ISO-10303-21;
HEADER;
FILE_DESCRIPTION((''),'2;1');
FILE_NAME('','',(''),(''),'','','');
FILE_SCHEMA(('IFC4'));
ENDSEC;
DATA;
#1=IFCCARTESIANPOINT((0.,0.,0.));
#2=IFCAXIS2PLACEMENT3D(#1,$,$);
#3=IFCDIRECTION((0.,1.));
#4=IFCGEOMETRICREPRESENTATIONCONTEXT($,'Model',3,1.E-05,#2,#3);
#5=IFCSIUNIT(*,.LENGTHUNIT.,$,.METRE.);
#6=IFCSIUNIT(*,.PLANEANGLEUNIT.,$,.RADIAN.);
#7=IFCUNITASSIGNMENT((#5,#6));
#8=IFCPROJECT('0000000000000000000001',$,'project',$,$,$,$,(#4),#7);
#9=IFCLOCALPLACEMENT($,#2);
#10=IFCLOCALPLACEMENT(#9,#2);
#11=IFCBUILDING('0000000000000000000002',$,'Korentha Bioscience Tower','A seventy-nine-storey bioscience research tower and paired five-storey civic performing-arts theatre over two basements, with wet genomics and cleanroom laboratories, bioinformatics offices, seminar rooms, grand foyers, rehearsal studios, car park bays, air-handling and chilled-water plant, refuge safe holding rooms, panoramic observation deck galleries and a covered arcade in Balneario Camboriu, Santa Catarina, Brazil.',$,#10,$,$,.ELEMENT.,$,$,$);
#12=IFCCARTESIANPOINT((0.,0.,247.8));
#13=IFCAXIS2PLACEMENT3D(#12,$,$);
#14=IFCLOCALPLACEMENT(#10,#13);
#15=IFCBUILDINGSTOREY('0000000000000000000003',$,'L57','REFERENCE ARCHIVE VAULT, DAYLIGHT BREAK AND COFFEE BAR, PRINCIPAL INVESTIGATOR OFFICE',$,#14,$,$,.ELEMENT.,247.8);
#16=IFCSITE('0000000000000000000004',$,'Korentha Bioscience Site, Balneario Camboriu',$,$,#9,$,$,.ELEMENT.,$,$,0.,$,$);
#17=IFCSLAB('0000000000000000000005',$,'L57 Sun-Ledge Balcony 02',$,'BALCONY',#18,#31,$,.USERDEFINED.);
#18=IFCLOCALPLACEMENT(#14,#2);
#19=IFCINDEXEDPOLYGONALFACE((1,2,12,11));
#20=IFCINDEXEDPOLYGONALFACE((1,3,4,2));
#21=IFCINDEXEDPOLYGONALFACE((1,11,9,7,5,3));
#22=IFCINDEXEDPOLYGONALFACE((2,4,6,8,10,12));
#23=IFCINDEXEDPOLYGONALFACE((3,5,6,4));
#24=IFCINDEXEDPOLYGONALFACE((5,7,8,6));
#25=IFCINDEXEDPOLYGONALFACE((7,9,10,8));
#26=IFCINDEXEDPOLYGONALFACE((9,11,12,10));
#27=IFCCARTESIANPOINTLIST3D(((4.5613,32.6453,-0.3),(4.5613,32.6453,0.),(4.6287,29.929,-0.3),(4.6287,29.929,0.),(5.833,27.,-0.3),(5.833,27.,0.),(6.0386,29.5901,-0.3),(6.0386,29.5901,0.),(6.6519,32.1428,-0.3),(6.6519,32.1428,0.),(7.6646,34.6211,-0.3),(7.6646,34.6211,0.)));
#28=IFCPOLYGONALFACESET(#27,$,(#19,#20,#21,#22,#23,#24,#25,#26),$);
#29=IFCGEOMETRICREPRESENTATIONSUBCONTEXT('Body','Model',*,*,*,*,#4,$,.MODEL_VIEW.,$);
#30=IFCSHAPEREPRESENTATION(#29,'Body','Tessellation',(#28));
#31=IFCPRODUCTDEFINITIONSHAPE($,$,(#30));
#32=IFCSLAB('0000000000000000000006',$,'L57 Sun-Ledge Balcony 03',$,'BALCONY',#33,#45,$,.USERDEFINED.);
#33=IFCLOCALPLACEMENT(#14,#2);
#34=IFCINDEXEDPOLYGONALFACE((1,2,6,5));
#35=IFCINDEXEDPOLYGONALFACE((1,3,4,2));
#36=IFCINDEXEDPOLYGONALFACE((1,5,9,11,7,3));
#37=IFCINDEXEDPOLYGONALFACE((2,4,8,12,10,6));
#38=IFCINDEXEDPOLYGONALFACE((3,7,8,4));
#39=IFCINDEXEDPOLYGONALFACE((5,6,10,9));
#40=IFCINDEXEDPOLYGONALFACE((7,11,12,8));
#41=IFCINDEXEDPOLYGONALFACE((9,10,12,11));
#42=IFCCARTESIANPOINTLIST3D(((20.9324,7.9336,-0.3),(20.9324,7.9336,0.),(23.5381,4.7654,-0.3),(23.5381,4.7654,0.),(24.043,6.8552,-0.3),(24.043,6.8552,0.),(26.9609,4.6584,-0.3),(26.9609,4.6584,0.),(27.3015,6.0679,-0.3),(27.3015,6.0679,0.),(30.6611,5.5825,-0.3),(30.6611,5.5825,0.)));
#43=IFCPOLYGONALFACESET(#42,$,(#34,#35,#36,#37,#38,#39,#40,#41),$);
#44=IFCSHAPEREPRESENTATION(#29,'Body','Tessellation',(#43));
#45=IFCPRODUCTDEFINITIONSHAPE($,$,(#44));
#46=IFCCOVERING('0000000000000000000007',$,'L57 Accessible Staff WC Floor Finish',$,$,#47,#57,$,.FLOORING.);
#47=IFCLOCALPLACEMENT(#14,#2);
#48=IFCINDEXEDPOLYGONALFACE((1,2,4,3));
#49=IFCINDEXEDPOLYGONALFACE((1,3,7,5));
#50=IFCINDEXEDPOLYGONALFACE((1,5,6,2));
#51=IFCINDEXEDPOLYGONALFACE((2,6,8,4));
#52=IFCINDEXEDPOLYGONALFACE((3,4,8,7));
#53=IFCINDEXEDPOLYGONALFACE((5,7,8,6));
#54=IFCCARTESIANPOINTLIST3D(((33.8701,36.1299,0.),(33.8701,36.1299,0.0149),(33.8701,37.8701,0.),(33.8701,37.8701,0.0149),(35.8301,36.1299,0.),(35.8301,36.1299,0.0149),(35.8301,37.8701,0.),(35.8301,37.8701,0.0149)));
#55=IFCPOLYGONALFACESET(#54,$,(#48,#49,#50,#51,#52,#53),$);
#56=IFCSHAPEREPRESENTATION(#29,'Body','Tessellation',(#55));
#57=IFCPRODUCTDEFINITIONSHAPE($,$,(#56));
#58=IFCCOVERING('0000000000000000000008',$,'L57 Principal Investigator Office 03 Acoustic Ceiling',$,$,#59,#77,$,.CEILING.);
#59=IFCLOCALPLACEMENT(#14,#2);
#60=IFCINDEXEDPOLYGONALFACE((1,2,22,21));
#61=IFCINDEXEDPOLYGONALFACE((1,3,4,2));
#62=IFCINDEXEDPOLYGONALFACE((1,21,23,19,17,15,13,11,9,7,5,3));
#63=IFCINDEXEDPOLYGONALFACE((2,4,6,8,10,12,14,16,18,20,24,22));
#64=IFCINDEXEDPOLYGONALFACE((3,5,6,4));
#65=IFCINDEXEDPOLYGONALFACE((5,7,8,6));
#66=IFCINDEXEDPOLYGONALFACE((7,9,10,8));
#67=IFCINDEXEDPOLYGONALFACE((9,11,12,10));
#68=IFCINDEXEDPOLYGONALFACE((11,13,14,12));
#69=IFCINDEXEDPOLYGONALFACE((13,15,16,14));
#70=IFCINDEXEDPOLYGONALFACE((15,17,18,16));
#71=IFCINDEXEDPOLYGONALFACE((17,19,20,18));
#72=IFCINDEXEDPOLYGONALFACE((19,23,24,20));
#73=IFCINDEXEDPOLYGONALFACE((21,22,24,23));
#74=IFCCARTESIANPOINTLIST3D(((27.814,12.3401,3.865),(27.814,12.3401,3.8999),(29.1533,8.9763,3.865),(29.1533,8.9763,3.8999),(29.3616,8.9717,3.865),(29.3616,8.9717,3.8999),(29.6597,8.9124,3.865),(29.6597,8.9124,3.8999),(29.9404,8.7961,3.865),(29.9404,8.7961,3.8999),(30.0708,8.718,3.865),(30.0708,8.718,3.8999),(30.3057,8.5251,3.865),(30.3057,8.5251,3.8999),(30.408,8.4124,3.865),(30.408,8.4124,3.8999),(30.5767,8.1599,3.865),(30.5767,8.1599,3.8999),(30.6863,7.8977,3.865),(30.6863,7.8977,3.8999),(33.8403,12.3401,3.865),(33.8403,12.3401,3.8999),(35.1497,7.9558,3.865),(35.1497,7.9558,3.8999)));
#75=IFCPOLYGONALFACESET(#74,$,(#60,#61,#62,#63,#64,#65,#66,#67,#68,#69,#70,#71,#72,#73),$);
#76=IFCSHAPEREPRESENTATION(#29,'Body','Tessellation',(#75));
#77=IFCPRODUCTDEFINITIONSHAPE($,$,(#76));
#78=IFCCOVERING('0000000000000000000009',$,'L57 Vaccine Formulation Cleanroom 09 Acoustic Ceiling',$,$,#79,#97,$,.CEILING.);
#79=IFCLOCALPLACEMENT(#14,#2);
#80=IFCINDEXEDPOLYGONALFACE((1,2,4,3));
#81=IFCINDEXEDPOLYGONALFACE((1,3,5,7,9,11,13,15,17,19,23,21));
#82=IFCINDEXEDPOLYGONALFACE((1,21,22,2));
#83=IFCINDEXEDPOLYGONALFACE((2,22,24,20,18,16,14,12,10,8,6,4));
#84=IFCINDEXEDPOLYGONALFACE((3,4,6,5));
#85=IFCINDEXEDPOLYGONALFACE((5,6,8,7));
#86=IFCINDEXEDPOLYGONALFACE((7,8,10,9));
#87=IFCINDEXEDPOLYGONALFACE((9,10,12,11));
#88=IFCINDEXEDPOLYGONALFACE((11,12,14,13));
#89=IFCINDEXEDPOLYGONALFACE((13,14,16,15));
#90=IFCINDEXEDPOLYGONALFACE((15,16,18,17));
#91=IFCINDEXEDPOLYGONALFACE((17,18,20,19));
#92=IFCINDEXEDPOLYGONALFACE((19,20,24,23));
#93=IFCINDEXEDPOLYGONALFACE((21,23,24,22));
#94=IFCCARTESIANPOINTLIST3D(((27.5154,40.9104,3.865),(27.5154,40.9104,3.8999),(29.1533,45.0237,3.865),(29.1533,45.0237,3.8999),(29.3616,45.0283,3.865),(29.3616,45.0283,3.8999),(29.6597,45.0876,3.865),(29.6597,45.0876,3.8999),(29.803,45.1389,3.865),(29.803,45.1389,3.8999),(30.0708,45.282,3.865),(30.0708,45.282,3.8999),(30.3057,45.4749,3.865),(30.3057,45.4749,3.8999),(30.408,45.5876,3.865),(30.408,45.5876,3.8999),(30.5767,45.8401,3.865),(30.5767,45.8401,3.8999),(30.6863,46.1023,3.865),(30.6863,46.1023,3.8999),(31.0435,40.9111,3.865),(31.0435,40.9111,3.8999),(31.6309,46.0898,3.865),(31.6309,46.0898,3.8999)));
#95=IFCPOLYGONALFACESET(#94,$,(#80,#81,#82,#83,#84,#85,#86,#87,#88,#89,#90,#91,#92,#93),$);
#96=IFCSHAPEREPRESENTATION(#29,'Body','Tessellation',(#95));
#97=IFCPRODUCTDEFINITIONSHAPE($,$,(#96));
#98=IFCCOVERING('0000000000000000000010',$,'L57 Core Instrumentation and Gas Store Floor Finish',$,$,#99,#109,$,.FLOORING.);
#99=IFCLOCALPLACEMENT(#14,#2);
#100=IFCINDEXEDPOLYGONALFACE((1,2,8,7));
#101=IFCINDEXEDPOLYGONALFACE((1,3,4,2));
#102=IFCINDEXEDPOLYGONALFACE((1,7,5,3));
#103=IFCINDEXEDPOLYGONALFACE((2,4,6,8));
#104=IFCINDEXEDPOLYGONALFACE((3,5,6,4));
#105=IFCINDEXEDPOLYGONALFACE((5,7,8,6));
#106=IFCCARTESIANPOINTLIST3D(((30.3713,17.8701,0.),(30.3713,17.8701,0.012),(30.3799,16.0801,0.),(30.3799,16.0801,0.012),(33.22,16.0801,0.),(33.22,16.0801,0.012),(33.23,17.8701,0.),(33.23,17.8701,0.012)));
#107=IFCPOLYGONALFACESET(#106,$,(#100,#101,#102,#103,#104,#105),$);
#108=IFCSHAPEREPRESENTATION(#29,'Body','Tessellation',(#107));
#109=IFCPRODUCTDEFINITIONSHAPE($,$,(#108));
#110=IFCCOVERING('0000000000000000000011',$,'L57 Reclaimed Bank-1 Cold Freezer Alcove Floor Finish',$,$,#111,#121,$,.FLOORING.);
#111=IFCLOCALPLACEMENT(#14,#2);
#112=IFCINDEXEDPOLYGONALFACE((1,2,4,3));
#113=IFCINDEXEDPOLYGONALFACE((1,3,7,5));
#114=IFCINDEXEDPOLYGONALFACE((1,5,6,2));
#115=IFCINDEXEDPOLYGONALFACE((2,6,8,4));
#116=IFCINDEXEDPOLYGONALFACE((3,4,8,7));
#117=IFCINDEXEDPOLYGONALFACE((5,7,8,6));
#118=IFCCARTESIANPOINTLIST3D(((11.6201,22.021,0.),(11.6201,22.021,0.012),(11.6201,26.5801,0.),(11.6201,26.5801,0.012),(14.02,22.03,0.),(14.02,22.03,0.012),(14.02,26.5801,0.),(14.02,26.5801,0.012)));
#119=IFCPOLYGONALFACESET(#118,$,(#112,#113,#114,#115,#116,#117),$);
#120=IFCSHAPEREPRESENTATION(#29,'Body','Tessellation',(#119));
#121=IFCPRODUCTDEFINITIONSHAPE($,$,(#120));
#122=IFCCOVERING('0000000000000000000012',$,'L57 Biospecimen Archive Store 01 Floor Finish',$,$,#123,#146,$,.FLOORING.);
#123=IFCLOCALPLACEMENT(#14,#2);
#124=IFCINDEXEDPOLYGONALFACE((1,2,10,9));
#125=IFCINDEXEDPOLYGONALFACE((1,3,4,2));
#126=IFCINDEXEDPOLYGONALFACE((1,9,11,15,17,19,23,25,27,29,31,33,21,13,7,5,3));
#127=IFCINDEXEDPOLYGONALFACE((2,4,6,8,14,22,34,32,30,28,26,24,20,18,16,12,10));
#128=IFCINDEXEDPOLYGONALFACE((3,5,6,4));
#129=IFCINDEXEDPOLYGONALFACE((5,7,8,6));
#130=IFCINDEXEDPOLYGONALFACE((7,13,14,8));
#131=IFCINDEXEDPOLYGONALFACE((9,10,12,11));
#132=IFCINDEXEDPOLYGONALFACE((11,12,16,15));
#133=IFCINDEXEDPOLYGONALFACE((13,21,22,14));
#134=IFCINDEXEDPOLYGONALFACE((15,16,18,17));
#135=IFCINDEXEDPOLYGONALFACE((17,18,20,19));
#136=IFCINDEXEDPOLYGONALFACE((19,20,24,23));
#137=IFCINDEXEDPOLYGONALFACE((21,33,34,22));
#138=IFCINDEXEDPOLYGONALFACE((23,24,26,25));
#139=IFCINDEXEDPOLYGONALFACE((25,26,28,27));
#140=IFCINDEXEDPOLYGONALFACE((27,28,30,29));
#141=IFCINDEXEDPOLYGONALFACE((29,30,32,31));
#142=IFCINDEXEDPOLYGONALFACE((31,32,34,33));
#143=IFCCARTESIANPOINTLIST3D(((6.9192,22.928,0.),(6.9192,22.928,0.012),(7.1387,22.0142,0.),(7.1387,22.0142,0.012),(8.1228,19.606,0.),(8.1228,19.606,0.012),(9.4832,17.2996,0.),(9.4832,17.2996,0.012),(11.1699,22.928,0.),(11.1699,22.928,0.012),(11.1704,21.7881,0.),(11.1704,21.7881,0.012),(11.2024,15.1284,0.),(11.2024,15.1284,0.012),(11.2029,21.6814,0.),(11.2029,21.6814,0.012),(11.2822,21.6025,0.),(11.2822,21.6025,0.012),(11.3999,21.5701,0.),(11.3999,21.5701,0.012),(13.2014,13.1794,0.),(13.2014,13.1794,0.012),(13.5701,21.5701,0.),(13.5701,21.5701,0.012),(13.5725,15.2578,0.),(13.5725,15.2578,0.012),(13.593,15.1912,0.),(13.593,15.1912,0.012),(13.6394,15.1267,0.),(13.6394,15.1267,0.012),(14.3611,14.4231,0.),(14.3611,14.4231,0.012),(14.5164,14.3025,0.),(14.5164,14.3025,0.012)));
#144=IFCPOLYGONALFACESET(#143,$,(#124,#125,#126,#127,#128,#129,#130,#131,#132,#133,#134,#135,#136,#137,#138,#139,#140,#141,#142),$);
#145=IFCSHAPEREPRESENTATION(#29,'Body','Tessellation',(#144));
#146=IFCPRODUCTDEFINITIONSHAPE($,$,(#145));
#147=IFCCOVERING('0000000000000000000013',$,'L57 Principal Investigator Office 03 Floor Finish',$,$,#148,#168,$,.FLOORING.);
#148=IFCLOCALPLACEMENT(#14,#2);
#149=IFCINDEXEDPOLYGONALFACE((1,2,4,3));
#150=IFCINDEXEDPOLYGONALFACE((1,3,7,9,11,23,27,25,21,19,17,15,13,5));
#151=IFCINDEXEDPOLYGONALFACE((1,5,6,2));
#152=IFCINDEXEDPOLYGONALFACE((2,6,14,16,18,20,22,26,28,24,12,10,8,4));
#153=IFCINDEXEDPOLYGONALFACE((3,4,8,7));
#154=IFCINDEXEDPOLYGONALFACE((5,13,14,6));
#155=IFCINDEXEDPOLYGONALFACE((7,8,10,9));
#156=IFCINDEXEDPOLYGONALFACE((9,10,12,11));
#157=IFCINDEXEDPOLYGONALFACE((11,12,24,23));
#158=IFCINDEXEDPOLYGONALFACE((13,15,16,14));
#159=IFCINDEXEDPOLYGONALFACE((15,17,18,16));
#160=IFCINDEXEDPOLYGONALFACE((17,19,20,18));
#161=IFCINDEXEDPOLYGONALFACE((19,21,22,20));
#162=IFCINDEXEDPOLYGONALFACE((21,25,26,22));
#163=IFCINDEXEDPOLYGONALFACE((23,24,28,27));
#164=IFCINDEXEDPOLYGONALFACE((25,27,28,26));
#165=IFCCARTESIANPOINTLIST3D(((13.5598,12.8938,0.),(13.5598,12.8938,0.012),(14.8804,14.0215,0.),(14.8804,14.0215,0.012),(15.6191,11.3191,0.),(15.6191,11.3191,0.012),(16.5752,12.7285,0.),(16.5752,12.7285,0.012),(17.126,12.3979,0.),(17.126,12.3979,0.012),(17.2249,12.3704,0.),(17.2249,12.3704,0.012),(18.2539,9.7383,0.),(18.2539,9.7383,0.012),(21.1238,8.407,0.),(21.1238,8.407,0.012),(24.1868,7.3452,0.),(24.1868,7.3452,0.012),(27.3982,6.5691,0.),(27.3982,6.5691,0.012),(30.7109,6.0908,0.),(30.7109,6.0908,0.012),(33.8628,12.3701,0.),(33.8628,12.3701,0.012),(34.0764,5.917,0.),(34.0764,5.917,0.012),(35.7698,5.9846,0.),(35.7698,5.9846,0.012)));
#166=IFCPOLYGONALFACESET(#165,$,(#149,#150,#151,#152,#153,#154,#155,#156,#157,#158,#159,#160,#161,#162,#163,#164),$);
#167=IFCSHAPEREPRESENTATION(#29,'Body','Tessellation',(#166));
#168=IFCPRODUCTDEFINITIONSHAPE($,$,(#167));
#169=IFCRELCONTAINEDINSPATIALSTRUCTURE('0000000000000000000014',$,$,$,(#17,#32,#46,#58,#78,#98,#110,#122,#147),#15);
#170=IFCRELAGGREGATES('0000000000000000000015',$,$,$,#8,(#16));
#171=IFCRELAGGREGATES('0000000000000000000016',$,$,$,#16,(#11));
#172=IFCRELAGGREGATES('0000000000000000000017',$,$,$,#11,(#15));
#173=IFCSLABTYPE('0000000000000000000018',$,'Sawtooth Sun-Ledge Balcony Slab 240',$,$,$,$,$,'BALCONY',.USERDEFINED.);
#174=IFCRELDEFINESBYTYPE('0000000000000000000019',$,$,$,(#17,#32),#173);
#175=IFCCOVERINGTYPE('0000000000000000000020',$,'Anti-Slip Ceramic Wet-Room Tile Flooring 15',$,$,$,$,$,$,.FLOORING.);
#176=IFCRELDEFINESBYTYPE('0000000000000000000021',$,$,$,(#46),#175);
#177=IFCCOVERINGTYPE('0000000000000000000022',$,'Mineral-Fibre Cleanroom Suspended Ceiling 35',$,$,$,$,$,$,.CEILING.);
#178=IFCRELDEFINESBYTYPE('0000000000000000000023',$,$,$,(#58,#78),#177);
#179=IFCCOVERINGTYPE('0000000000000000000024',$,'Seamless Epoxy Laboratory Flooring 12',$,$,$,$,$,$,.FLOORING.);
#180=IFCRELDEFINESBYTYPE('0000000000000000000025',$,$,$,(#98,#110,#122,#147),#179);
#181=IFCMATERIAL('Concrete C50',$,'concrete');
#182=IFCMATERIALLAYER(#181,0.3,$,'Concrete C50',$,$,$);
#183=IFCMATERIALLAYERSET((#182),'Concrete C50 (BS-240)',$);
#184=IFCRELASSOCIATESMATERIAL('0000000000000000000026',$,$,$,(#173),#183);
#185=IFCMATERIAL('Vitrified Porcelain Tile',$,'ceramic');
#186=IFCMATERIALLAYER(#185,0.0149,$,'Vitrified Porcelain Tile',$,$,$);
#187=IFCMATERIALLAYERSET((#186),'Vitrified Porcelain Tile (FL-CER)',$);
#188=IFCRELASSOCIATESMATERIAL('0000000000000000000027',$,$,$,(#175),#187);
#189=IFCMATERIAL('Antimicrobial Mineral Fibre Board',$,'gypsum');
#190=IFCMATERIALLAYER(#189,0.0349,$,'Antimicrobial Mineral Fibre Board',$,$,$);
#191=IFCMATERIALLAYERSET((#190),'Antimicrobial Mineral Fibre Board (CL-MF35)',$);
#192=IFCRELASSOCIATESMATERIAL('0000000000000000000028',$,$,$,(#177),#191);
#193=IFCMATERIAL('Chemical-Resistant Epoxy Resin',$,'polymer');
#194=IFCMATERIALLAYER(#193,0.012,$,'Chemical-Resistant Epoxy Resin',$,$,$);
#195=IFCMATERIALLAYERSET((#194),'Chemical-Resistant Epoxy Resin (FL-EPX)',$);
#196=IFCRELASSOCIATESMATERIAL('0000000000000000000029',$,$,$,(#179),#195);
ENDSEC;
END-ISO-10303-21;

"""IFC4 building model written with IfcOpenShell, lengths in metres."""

from ifc_helpers import new_model, si_unit, direction, frame, origin, place, context, subcontext, project, spatial, polyline, outline, extrude, material, layer, layer_set, type_object, element, save


model = new_model("IFC4")

# Units and contexts
model_context = context("Model", 3, precision=1e-05, world=origin(), true_north=direction((0.0, 1.0)))
body_context = subcontext(model_context, "Body", "Model", "MODEL_VIEW")
ifc_project = project(units=[si_unit("LENGTHUNIT", "METRE"), si_unit("PLANEANGLEUNIT", "RADIAN")], contexts=[model_context])

# Site, building, storey
site_placement = place(None, origin())
site = spatial("IfcSite", under=ifc_project, at=site_placement, Name="Korentha Bioscience Site, Balneario Camboriu", CompositionType="ELEMENT", RefElevation=0.0)
building_placement = place(site_placement, origin())
building = spatial("IfcBuilding", under=site, at=building_placement, Name="Korentha Bioscience Tower", Description="A seventy-nine-storey bioscience research tower and paired five-storey civic performing-arts theatre over two basements, with wet genomics and cleanroom laboratories, bioinformatics offices, seminar rooms, grand foyers, rehearsal studios, car park bays, air-handling and chilled-water plant, refuge safe holding rooms, panoramic observation deck galleries and a covered arcade in Balneario Camboriu, Santa Catarina, Brazil.", CompositionType="ELEMENT")
storey_placement = place(building_placement, frame((0.0, 0.0, 247.8)))
storey = spatial("IfcBuildingStorey", under=building, at=storey_placement, Name="L57", Description="REFERENCE ARCHIVE VAULT, DAYLIGHT BREAK AND COFFEE BAR, PRINCIPAL INVESTIGATOR OFFICE", CompositionType="ELEMENT", Elevation=247.8)

# Shared definitions
ifc_material_1 = material(Name="Concrete C50", Category="concrete")

# Slabs
ifc_layer_1 = layer(ifc_material_1, 0.3, Name="Concrete C50")
ifc_layer_set_1 = layer_set([ifc_layer_1], Name="Concrete C50 (BS-240)")
slab_type_1 = type_object("IfcSlabType", Name="Sawtooth Sun-Ledge Balcony Slab 240", ElementType="BALCONY", PredefinedType="USERDEFINED", material=ifc_layer_set_1)
slab_1_placement = place(storey_placement, frame((0.0, 0.0, -0.3)))
element("IfcSlab", 1, at=slab_1_placement, inside=storey, type_object=slab_type_1, Name="L57 Sun-Ledge Balcony 02", ObjectType="BALCONY", PredefinedType="USERDEFINED", context=body_context, shape_type="SweptSolid", body=[
    extrude(outline(polyline([(5.833, 27.0), (6.0386, 29.5901), (6.6519, 32.1428), (7.6646, 34.6211), (4.5613, 32.6453), (4.6287, 29.929), (5.833, 27.0)])), origin(), (0.0, 0.0, 1.0), 0.3),
])
slab_2_placement = place(storey_placement, frame((0.0, 0.0, -0.3)))
element("IfcSlab", 2, at=slab_2_placement, inside=storey, type_object=slab_type_1, Name="L57 Sun-Ledge Balcony 03", ObjectType="BALCONY", PredefinedType="USERDEFINED", context=body_context, shape_type="SweptSolid", body=[
    extrude(outline(polyline([(30.6611, 5.5825), (27.3015, 6.0679), (24.043, 6.8552), (20.9324, 7.9336), (23.5381, 4.7654), (26.9609, 4.6584), (30.6611, 5.5825)])), origin(), (0.0, 0.0, 1.0), 0.3),
])

# Coverings
ifc_material_2 = material(Name="Vitrified Porcelain Tile", Category="ceramic")
ifc_layer_2 = layer(ifc_material_2, 0.0149, Name="Vitrified Porcelain Tile")
ifc_layer_set_2 = layer_set([ifc_layer_2], Name="Vitrified Porcelain Tile (FL-CER)")
covering_type_1 = type_object("IfcCoveringType", Name="Anti-Slip Ceramic Wet-Room Tile Flooring 15", PredefinedType="FLOORING", material=ifc_layer_set_2)
covering_1_placement = place(storey_placement, origin())
element("IfcCovering", 3, at=covering_1_placement, inside=storey, type_object=covering_type_1, Name="L57 Accessible Staff WC Floor Finish", PredefinedType="FLOORING", context=body_context, shape_type="SweptSolid", body=[
    extrude(outline(polyline([(33.8701, 36.1299), (33.8701, 37.8701), (35.8301, 37.8701), (35.8301, 36.1299), (33.8701, 36.1299)])), origin(), (0.0, 0.0, 1.0), 0.0149),
])
ifc_material_3 = material(Name="Antimicrobial Mineral Fibre Board", Category="gypsum")
ifc_layer_3 = layer(ifc_material_3, 0.0349, Name="Antimicrobial Mineral Fibre Board")
ifc_layer_set_3 = layer_set([ifc_layer_3], Name="Antimicrobial Mineral Fibre Board (CL-MF35)")
covering_type_2 = type_object("IfcCoveringType", Name="Mineral-Fibre Cleanroom Suspended Ceiling 35", PredefinedType="CEILING", material=ifc_layer_set_3)
covering_2_placement = place(storey_placement, frame((0.0, 0.0, 3.865)))
element("IfcCovering", 4, at=covering_2_placement, inside=storey, type_object=covering_type_2, Name="L57 Principal Investigator Office 03 Acoustic Ceiling", PredefinedType="CEILING", context=body_context, shape_type="SweptSolid", body=[
    extrude(outline(polyline([(35.1497, 7.9558), (30.6863, 7.8977), (30.5767, 8.1599), (30.408, 8.4124), (30.3057, 8.5251), (30.0708, 8.718), (29.9404, 8.7961), (29.6597, 8.9124), (29.3616, 8.9717), (29.1533, 8.9763), (27.814, 12.3401), (33.8403, 12.3401), (35.1497, 7.9558)])), origin(), (0.0, 0.0, 1.0), 0.0349),
])
covering_3_placement = place(storey_placement, frame((0.0, 0.0, 3.865)))
element("IfcCovering", 5, at=covering_3_placement, inside=storey, type_object=covering_type_2, Name="L57 Vaccine Formulation Cleanroom 09 Acoustic Ceiling", PredefinedType="CEILING", context=body_context, shape_type="SweptSolid", body=[
    extrude(outline(polyline([(27.5154, 40.9104), (29.1533, 45.0237), (29.3616, 45.0283), (29.6597, 45.0876), (29.803, 45.1389), (30.0708, 45.282), (30.3057, 45.4749), (30.408, 45.5876), (30.5767, 45.8401), (30.6863, 46.1023), (31.6309, 46.0898), (31.0435, 40.9111), (27.5154, 40.9104)])), origin(), (0.0, 0.0, 1.0), 0.0349),
])
ifc_material_4 = material(Name="Chemical-Resistant Epoxy Resin", Category="polymer")
ifc_layer_4 = layer(ifc_material_4, 0.012, Name="Chemical-Resistant Epoxy Resin")
ifc_layer_set_4 = layer_set([ifc_layer_4], Name="Chemical-Resistant Epoxy Resin (FL-EPX)")
covering_type_3 = type_object("IfcCoveringType", Name="Seamless Epoxy Laboratory Flooring 12", PredefinedType="FLOORING", material=ifc_layer_set_4)
covering_4_placement = place(storey_placement, origin())
element("IfcCovering", 6, at=covering_4_placement, inside=storey, type_object=covering_type_3, Name="L57 Core Instrumentation and Gas Store Floor Finish", PredefinedType="FLOORING", context=body_context, shape_type="SweptSolid", body=[
    extrude(outline(polyline([(33.23, 17.8701), (33.22, 16.0801), (30.3799, 16.0801), (30.3713, 17.8701), (33.23, 17.8701)])), origin(), (0.0, 0.0, 1.0), 0.012),
])
covering_5_placement = place(storey_placement, origin())
element("IfcCovering", 7, at=covering_5_placement, inside=storey, type_object=covering_type_3, Name="L57 Reclaimed Bank-1 Cold Freezer Alcove Floor Finish", PredefinedType="FLOORING", context=body_context, shape_type="SweptSolid", body=[
    extrude(outline(polyline([(14.02, 22.03), (11.6201, 22.021), (11.6201, 26.5801), (14.02, 26.5801), (14.02, 22.03)])), origin(), (0.0, 0.0, 1.0), 0.012),
])
covering_6_placement = place(storey_placement, origin())
element("IfcCovering", 8, at=covering_6_placement, inside=storey, type_object=covering_type_3, Name="L57 Biospecimen Archive Store 01 Floor Finish", PredefinedType="FLOORING", context=body_context, shape_type="SweptSolid", body=[
    extrude(outline(polyline([(11.1699, 22.928), (11.1704, 21.7881), (11.2029, 21.6814), (11.2822, 21.6025), (11.3999, 21.5701), (13.5701, 21.5701), (13.5725, 15.2578), (13.593, 15.1912), (13.6394, 15.1267), (14.3611, 14.4231), (14.5164, 14.3025), (13.2014, 13.1794), (11.2024, 15.1284), (9.4832, 17.2996), (8.1228, 19.606), (7.1387, 22.0142), (6.9192, 22.928), (11.1699, 22.928)])), origin(), (0.0, 0.0, 1.0), 0.012),
])
covering_7_placement = place(storey_placement, origin())
element("IfcCovering", 9, at=covering_7_placement, inside=storey, type_object=covering_type_3, Name="L57 Principal Investigator Office 03 Floor Finish", PredefinedType="FLOORING", context=body_context, shape_type="SweptSolid", body=[
    extrude(outline(polyline([(24.1868, 7.3452), (21.1238, 8.407), (18.2539, 9.7383), (15.6191, 11.3191), (13.5598, 12.8938), (14.8804, 14.0215), (16.5752, 12.7285), (17.126, 12.3979), (17.2249, 12.3704), (33.8628, 12.3701), (35.7698, 5.9846), (34.0764, 5.917), (30.7109, 6.0908), (27.3982, 6.5691), (24.1868, 7.3452)])), origin(), (0.0, 0.0, 1.0), 0.012),
])

save(model, "model.ifc")
